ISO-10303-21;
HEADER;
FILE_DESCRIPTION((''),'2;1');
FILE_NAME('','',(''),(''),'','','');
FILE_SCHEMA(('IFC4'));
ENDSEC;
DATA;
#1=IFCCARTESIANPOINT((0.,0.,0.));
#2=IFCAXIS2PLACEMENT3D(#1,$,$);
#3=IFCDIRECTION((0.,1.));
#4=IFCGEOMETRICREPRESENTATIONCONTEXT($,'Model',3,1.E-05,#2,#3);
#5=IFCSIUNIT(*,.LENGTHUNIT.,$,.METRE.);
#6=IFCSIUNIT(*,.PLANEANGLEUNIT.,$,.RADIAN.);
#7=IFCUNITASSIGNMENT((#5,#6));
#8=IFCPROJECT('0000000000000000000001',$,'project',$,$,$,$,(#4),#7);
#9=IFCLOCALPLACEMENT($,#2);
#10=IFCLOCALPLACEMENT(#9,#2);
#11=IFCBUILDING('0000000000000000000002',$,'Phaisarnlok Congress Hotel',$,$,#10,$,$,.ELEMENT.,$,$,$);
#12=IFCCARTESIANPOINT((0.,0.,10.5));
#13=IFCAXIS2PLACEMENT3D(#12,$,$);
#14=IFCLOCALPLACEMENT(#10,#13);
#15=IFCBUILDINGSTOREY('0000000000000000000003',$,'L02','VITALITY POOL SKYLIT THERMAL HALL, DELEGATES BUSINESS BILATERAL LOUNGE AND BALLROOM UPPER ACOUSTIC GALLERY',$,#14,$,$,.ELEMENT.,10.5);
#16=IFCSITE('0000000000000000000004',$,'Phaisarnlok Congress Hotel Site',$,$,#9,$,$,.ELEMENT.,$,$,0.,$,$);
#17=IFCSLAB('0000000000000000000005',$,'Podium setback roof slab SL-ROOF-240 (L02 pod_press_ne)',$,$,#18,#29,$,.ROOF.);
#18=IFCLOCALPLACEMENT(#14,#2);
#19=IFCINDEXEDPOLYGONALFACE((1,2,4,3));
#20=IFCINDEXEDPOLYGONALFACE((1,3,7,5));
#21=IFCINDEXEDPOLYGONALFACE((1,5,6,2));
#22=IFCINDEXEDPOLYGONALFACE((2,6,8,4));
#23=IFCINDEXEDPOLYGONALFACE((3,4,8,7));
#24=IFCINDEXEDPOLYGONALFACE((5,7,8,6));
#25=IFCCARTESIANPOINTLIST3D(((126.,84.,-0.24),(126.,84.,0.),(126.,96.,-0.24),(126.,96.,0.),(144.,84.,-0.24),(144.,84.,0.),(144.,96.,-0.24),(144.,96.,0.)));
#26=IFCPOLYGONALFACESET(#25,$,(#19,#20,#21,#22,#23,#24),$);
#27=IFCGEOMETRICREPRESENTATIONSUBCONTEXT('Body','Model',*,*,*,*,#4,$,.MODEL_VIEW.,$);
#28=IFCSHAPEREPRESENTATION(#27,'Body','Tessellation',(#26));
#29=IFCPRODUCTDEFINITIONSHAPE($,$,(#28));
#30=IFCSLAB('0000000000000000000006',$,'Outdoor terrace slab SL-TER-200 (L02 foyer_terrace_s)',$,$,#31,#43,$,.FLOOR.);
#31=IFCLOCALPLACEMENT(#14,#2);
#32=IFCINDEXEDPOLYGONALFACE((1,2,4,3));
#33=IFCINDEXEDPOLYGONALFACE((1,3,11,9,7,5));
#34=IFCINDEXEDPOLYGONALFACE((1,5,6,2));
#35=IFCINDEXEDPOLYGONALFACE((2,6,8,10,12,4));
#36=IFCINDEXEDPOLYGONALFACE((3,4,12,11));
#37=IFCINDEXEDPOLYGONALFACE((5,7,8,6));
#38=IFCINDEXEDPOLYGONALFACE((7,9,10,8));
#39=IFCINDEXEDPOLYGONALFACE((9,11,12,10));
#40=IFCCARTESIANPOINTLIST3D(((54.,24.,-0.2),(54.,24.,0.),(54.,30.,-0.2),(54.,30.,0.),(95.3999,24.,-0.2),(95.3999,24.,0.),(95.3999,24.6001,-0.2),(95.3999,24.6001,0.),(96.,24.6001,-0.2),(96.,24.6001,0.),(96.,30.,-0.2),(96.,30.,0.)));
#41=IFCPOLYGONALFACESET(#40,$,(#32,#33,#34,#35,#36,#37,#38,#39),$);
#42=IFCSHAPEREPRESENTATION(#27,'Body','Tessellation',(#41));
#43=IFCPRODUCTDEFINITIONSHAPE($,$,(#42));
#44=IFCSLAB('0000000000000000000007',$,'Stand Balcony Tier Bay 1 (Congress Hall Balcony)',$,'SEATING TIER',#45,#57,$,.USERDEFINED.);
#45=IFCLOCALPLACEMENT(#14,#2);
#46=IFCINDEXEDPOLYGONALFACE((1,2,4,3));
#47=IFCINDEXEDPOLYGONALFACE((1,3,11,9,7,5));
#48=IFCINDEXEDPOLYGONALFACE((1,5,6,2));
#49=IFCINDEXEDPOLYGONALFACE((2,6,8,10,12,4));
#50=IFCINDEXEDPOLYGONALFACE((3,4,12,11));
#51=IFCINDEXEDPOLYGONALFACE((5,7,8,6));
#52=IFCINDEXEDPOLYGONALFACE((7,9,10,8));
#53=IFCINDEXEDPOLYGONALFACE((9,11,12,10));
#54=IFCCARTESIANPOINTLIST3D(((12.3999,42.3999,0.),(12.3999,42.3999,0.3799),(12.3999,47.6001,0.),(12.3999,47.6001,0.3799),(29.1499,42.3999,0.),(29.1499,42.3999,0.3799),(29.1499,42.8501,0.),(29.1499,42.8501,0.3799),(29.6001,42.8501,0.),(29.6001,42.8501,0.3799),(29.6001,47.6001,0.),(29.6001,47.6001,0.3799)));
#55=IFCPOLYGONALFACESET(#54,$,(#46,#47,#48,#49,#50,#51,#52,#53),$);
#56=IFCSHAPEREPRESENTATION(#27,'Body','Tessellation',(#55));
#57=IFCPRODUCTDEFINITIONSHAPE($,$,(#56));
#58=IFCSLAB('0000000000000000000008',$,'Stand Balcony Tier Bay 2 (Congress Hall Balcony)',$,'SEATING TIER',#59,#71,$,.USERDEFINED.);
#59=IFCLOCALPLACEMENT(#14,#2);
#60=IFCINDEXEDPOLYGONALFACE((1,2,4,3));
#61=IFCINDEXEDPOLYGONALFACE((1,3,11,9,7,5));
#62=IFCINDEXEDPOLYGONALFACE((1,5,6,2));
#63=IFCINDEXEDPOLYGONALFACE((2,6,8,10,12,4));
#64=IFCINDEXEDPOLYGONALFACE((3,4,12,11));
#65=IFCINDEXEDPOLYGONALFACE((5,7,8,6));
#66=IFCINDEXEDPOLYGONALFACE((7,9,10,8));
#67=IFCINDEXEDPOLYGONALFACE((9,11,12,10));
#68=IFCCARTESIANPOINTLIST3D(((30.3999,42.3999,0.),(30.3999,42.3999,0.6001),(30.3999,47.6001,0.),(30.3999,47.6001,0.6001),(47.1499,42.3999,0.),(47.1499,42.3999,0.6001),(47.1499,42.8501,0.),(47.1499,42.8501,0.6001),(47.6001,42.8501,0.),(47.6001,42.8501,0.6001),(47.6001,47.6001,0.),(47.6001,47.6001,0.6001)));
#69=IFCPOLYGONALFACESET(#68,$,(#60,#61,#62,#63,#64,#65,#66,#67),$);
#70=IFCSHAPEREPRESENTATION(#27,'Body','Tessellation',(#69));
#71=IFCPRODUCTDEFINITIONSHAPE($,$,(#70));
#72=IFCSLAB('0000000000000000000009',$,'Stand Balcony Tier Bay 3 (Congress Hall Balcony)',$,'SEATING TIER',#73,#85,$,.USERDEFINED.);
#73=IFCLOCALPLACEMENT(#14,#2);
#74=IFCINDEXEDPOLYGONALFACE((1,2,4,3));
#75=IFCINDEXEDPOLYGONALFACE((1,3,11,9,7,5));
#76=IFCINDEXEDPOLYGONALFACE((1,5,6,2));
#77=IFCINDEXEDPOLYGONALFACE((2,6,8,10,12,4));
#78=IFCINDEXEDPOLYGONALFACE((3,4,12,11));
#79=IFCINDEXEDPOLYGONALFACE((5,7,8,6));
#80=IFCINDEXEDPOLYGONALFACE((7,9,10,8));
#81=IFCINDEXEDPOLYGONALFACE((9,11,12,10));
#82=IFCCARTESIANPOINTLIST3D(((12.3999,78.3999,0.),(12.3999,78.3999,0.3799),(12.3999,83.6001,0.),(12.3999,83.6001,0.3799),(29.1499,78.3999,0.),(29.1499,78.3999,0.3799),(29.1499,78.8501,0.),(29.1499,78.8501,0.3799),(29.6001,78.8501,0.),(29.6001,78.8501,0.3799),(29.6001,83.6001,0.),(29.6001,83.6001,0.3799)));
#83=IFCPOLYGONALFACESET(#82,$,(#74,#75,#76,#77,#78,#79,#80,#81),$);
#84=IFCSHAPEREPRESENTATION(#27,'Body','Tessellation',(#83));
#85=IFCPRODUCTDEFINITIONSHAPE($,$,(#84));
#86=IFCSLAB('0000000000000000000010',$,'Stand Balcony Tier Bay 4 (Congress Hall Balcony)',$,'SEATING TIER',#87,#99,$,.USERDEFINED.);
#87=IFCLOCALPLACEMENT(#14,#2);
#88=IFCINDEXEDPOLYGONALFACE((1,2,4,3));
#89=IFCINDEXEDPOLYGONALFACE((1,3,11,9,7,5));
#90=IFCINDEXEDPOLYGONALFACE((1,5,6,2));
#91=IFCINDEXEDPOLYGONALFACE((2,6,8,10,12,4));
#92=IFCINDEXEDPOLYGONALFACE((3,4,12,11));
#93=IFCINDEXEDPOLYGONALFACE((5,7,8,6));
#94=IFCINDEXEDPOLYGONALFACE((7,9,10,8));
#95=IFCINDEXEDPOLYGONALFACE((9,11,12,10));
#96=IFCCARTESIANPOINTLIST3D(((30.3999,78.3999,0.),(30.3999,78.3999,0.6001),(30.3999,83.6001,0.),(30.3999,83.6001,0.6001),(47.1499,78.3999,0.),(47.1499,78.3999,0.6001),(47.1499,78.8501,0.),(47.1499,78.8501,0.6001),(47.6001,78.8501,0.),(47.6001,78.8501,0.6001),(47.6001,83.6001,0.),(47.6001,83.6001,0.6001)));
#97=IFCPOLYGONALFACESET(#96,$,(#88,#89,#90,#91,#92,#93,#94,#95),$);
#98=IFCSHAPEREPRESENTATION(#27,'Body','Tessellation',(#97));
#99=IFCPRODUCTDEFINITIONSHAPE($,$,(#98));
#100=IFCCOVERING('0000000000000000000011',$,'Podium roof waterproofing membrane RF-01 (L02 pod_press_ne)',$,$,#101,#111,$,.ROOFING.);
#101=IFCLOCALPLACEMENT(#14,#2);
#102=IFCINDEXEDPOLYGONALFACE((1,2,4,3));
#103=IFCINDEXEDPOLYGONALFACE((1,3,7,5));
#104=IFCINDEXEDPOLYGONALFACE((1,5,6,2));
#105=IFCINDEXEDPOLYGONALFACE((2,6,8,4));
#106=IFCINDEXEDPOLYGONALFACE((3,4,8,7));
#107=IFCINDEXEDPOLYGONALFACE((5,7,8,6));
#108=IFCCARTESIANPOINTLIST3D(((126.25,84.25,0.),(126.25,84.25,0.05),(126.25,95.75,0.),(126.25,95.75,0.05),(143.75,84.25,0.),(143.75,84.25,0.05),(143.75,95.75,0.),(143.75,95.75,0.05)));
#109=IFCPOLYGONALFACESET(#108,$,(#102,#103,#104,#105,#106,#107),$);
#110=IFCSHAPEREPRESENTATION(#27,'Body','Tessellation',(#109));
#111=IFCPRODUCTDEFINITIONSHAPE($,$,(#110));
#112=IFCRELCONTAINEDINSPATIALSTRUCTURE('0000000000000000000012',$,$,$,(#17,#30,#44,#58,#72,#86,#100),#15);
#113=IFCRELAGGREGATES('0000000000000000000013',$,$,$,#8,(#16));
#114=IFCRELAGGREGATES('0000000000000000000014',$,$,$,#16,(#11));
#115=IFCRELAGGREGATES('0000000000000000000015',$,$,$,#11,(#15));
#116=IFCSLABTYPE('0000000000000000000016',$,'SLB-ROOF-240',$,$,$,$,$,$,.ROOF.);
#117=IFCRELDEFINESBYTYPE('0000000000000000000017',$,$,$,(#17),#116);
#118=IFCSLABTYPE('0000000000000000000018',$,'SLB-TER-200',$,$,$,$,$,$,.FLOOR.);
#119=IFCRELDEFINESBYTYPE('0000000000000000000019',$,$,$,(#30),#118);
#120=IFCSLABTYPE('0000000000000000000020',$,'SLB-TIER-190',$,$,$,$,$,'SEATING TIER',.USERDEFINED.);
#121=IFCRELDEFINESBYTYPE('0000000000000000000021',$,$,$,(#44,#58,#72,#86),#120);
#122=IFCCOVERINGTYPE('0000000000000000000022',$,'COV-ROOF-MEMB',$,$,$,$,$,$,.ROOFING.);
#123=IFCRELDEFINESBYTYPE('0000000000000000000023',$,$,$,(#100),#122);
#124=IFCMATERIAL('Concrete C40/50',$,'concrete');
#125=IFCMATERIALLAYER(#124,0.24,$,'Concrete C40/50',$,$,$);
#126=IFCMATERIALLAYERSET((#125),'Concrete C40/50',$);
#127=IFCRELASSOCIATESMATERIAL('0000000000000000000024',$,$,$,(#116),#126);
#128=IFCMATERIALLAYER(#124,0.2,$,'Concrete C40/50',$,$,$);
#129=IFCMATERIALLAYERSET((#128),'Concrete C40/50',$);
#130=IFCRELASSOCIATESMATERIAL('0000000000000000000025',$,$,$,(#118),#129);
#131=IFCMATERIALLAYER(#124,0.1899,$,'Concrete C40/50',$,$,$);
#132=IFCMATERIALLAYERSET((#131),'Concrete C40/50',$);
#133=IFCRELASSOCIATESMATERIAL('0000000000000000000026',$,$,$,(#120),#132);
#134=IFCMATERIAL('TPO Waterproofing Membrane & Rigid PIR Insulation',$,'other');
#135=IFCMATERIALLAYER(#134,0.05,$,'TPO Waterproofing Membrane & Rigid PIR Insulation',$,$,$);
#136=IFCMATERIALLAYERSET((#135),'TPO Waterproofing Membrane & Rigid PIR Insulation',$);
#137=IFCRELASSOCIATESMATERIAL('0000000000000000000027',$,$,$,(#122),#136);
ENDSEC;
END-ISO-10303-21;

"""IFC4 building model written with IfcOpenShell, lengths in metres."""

from ifc_helpers import new_model, si_unit, direction, frame, origin, place, context, subcontext, project, spatial, polyline, outline, extrude, material, layer, layer_set, type_object, element, save


model = new_model("IFC4")

# Units and contexts
model_context = context("Model", 3, precision=1e-05, world=origin(), true_north=direction((0.0, 1.0)))
body_context = subcontext(model_context, "Body", "Model", "MODEL_VIEW")
ifc_project = project(units=[si_unit("LENGTHUNIT", "METRE"), si_unit("PLANEANGLEUNIT", "RADIAN")], contexts=[model_context])

# Site, building, storey
site_placement = place(None, origin())
site = spatial("IfcSite", under=ifc_project, at=site_placement, Name="Phaisarnlok Congress Hotel Site", CompositionType="ELEMENT", RefElevation=0.0)
building_placement = place(site_placement, origin())
building = spatial("IfcBuilding", under=site, at=building_placement, Name="Phaisarnlok Congress Hotel", CompositionType="ELEMENT")
storey_placement = place(building_placement, frame((0.0, 0.0, 10.5)))
storey = spatial("IfcBuildingStorey", under=building, at=storey_placement, Name="L02", Description="VITALITY POOL SKYLIT THERMAL HALL, DELEGATES BUSINESS BILATERAL LOUNGE AND BALLROOM UPPER ACOUSTIC GALLERY", CompositionType="ELEMENT", Elevation=10.5)

# Shared definitions
ifc_material_1 = material(Name="Concrete C40/50", Category="concrete")

# Slabs
ifc_layer_1 = layer(ifc_material_1, 0.24, Name="Concrete C40/50")
ifc_layer_set_1 = layer_set([ifc_layer_1], Name="Concrete C40/50")
slab_type_1 = type_object("IfcSlabType", Name="SLB-ROOF-240", PredefinedType="ROOF", material=ifc_layer_set_1)
slab_1_placement = place(storey_placement, frame((0.0, 0.0, -0.24)))
element("IfcSlab", 1, at=slab_1_placement, inside=storey, type_object=slab_type_1, Name="Podium setback roof slab SL-ROOF-240 (L02 pod_press_ne)", PredefinedType="ROOF", context=body_context, shape_type="SweptSolid", body=[
    extrude(outline(polyline([(126.0, 84.0), (144.0, 84.0), (144.0, 96.0), (126.0, 96.0), (126.0, 84.0)])), origin(), (0.0, 0.0, 1.0), 0.24),
])
ifc_layer_2 = layer(ifc_material_1, 0.2, Name="Concrete C40/50")
ifc_layer_set_2 = layer_set([ifc_layer_2], Name="Concrete C40/50")
slab_type_2 = type_object("IfcSlabType", Name="SLB-TER-200", PredefinedType="FLOOR", material=ifc_layer_set_2)
slab_2_placement = place(storey_placement, frame((0.0, 0.0, -0.2)))
element("IfcSlab", 2, at=slab_2_placement, inside=storey, type_object=slab_type_2, Name="Outdoor terrace slab SL-TER-200 (L02 foyer_terrace_s)", PredefinedType="FLOOR", context=body_context, shape_type="SweptSolid", body=[
    extrude(outline(polyline([(54.0, 24.0), (95.3999, 24.0), (95.3999, 24.6001), (96.0, 24.6001), (96.0, 30.0), (54.0, 30.0), (54.0, 24.0)])), origin(), (0.0, 0.0, 1.0), 0.2),
])
ifc_layer_3 = layer(ifc_material_1, 0.1899, Name="Concrete C40/50")
ifc_layer_set_3 = layer_set([ifc_layer_3], Name="Concrete C40/50")
slab_type_3 = type_object("IfcSlabType", Name="SLB-TIER-190", ElementType="SEATING TIER", PredefinedType="USERDEFINED", material=ifc_layer_set_3)
slab_3_placement = place(storey_placement, origin())
element("IfcSlab", 3, at=slab_3_placement, inside=storey, type_object=slab_type_3, Name="Stand Balcony Tier Bay 1 (Congress Hall Balcony)", ObjectType="SEATING TIER", PredefinedType="USERDEFINED", context=body_context, shape_type="SweptSolid", body=[
    extrude(outline(polyline([(12.3999, 42.3999), (29.1499, 42.3999), (29.1499, 42.8501), (29.6001, 42.8501), (29.6001, 47.6001), (12.3999, 47.6001), (12.3999, 42.3999)])), origin(), (0.0, 0.0, 1.0), 0.3799),
])
slab_4_placement = place(storey_placement, origin())
element("IfcSlab", 4, at=slab_4_placement, inside=storey, type_object=slab_type_3, Name="Stand Balcony Tier Bay 2 (Congress Hall Balcony)", ObjectType="SEATING TIER", PredefinedType="USERDEFINED", context=body_context, shape_type="SweptSolid", body=[
    extrude(outline(polyline([(30.3999, 42.3999), (47.1499, 42.3999), (47.1499, 42.8501), (47.6001, 42.8501), (47.6001, 47.6001), (30.3999, 47.6001), (30.3999, 42.3999)])), origin(), (0.0, 0.0, 1.0), 0.6001),
])
slab_5_placement = place(storey_placement, origin())
element("IfcSlab", 5, at=slab_5_placement, inside=storey, type_object=slab_type_3, Name="Stand Balcony Tier Bay 3 (Congress Hall Balcony)", ObjectType="SEATING TIER", PredefinedType="USERDEFINED", context=body_context, shape_type="SweptSolid", body=[
    extrude(outline(polyline([(12.3999, 78.3999), (29.1499, 78.3999), (29.1499, 78.8501), (29.6001, 78.8501), (29.6001, 83.6001), (12.3999, 83.6001), (12.3999, 78.3999)])), origin(), (0.0, 0.0, 1.0), 0.3799),
])
slab_6_placement = place(storey_placement, origin())
element("IfcSlab", 6, at=slab_6_placement, inside=storey, type_object=slab_type_3, Name="Stand Balcony Tier Bay 4 (Congress Hall Balcony)", ObjectType="SEATING TIER", PredefinedType="USERDEFINED", context=body_context, shape_type="SweptSolid", body=[
    extrude(outline(polyline([(30.3999, 78.3999), (47.1499, 78.3999), (47.1499, 78.8501), (47.6001, 78.8501), (47.6001, 83.6001), (30.3999, 83.6001), (30.3999, 78.3999)])), origin(), (0.0, 0.0, 1.0), 0.6001),
])

# Covering
ifc_material_2 = material(Name="TPO Waterproofing Membrane & Rigid PIR Insulation", Category="other")
ifc_layer_4 = layer(ifc_material_2, 0.05, Name="TPO Waterproofing Membrane & Rigid PIR Insulation")
ifc_layer_set_4 = layer_set([ifc_layer_4], Name="TPO Waterproofing Membrane & Rigid PIR Insulation")
covering_type = type_object("IfcCoveringType", Name="COV-ROOF-MEMB", PredefinedType="ROOFING", material=ifc_layer_set_4)
covering_placement = place(storey_placement, origin())
element("IfcCovering", 7, at=covering_placement, inside=storey, type_object=covering_type, Name="Podium roof waterproofing membrane RF-01 (L02 pod_press_ne)", PredefinedType="ROOFING", context=body_context, shape_type="SweptSolid", body=[
    extrude(outline(polyline([(126.25, 84.25), (143.75, 84.25), (143.75, 95.75), (126.25, 95.75), (126.25, 84.25)])), origin(), (0.0, 0.0, 1.0), 0.05),
])

save(model, "model.ifc")
